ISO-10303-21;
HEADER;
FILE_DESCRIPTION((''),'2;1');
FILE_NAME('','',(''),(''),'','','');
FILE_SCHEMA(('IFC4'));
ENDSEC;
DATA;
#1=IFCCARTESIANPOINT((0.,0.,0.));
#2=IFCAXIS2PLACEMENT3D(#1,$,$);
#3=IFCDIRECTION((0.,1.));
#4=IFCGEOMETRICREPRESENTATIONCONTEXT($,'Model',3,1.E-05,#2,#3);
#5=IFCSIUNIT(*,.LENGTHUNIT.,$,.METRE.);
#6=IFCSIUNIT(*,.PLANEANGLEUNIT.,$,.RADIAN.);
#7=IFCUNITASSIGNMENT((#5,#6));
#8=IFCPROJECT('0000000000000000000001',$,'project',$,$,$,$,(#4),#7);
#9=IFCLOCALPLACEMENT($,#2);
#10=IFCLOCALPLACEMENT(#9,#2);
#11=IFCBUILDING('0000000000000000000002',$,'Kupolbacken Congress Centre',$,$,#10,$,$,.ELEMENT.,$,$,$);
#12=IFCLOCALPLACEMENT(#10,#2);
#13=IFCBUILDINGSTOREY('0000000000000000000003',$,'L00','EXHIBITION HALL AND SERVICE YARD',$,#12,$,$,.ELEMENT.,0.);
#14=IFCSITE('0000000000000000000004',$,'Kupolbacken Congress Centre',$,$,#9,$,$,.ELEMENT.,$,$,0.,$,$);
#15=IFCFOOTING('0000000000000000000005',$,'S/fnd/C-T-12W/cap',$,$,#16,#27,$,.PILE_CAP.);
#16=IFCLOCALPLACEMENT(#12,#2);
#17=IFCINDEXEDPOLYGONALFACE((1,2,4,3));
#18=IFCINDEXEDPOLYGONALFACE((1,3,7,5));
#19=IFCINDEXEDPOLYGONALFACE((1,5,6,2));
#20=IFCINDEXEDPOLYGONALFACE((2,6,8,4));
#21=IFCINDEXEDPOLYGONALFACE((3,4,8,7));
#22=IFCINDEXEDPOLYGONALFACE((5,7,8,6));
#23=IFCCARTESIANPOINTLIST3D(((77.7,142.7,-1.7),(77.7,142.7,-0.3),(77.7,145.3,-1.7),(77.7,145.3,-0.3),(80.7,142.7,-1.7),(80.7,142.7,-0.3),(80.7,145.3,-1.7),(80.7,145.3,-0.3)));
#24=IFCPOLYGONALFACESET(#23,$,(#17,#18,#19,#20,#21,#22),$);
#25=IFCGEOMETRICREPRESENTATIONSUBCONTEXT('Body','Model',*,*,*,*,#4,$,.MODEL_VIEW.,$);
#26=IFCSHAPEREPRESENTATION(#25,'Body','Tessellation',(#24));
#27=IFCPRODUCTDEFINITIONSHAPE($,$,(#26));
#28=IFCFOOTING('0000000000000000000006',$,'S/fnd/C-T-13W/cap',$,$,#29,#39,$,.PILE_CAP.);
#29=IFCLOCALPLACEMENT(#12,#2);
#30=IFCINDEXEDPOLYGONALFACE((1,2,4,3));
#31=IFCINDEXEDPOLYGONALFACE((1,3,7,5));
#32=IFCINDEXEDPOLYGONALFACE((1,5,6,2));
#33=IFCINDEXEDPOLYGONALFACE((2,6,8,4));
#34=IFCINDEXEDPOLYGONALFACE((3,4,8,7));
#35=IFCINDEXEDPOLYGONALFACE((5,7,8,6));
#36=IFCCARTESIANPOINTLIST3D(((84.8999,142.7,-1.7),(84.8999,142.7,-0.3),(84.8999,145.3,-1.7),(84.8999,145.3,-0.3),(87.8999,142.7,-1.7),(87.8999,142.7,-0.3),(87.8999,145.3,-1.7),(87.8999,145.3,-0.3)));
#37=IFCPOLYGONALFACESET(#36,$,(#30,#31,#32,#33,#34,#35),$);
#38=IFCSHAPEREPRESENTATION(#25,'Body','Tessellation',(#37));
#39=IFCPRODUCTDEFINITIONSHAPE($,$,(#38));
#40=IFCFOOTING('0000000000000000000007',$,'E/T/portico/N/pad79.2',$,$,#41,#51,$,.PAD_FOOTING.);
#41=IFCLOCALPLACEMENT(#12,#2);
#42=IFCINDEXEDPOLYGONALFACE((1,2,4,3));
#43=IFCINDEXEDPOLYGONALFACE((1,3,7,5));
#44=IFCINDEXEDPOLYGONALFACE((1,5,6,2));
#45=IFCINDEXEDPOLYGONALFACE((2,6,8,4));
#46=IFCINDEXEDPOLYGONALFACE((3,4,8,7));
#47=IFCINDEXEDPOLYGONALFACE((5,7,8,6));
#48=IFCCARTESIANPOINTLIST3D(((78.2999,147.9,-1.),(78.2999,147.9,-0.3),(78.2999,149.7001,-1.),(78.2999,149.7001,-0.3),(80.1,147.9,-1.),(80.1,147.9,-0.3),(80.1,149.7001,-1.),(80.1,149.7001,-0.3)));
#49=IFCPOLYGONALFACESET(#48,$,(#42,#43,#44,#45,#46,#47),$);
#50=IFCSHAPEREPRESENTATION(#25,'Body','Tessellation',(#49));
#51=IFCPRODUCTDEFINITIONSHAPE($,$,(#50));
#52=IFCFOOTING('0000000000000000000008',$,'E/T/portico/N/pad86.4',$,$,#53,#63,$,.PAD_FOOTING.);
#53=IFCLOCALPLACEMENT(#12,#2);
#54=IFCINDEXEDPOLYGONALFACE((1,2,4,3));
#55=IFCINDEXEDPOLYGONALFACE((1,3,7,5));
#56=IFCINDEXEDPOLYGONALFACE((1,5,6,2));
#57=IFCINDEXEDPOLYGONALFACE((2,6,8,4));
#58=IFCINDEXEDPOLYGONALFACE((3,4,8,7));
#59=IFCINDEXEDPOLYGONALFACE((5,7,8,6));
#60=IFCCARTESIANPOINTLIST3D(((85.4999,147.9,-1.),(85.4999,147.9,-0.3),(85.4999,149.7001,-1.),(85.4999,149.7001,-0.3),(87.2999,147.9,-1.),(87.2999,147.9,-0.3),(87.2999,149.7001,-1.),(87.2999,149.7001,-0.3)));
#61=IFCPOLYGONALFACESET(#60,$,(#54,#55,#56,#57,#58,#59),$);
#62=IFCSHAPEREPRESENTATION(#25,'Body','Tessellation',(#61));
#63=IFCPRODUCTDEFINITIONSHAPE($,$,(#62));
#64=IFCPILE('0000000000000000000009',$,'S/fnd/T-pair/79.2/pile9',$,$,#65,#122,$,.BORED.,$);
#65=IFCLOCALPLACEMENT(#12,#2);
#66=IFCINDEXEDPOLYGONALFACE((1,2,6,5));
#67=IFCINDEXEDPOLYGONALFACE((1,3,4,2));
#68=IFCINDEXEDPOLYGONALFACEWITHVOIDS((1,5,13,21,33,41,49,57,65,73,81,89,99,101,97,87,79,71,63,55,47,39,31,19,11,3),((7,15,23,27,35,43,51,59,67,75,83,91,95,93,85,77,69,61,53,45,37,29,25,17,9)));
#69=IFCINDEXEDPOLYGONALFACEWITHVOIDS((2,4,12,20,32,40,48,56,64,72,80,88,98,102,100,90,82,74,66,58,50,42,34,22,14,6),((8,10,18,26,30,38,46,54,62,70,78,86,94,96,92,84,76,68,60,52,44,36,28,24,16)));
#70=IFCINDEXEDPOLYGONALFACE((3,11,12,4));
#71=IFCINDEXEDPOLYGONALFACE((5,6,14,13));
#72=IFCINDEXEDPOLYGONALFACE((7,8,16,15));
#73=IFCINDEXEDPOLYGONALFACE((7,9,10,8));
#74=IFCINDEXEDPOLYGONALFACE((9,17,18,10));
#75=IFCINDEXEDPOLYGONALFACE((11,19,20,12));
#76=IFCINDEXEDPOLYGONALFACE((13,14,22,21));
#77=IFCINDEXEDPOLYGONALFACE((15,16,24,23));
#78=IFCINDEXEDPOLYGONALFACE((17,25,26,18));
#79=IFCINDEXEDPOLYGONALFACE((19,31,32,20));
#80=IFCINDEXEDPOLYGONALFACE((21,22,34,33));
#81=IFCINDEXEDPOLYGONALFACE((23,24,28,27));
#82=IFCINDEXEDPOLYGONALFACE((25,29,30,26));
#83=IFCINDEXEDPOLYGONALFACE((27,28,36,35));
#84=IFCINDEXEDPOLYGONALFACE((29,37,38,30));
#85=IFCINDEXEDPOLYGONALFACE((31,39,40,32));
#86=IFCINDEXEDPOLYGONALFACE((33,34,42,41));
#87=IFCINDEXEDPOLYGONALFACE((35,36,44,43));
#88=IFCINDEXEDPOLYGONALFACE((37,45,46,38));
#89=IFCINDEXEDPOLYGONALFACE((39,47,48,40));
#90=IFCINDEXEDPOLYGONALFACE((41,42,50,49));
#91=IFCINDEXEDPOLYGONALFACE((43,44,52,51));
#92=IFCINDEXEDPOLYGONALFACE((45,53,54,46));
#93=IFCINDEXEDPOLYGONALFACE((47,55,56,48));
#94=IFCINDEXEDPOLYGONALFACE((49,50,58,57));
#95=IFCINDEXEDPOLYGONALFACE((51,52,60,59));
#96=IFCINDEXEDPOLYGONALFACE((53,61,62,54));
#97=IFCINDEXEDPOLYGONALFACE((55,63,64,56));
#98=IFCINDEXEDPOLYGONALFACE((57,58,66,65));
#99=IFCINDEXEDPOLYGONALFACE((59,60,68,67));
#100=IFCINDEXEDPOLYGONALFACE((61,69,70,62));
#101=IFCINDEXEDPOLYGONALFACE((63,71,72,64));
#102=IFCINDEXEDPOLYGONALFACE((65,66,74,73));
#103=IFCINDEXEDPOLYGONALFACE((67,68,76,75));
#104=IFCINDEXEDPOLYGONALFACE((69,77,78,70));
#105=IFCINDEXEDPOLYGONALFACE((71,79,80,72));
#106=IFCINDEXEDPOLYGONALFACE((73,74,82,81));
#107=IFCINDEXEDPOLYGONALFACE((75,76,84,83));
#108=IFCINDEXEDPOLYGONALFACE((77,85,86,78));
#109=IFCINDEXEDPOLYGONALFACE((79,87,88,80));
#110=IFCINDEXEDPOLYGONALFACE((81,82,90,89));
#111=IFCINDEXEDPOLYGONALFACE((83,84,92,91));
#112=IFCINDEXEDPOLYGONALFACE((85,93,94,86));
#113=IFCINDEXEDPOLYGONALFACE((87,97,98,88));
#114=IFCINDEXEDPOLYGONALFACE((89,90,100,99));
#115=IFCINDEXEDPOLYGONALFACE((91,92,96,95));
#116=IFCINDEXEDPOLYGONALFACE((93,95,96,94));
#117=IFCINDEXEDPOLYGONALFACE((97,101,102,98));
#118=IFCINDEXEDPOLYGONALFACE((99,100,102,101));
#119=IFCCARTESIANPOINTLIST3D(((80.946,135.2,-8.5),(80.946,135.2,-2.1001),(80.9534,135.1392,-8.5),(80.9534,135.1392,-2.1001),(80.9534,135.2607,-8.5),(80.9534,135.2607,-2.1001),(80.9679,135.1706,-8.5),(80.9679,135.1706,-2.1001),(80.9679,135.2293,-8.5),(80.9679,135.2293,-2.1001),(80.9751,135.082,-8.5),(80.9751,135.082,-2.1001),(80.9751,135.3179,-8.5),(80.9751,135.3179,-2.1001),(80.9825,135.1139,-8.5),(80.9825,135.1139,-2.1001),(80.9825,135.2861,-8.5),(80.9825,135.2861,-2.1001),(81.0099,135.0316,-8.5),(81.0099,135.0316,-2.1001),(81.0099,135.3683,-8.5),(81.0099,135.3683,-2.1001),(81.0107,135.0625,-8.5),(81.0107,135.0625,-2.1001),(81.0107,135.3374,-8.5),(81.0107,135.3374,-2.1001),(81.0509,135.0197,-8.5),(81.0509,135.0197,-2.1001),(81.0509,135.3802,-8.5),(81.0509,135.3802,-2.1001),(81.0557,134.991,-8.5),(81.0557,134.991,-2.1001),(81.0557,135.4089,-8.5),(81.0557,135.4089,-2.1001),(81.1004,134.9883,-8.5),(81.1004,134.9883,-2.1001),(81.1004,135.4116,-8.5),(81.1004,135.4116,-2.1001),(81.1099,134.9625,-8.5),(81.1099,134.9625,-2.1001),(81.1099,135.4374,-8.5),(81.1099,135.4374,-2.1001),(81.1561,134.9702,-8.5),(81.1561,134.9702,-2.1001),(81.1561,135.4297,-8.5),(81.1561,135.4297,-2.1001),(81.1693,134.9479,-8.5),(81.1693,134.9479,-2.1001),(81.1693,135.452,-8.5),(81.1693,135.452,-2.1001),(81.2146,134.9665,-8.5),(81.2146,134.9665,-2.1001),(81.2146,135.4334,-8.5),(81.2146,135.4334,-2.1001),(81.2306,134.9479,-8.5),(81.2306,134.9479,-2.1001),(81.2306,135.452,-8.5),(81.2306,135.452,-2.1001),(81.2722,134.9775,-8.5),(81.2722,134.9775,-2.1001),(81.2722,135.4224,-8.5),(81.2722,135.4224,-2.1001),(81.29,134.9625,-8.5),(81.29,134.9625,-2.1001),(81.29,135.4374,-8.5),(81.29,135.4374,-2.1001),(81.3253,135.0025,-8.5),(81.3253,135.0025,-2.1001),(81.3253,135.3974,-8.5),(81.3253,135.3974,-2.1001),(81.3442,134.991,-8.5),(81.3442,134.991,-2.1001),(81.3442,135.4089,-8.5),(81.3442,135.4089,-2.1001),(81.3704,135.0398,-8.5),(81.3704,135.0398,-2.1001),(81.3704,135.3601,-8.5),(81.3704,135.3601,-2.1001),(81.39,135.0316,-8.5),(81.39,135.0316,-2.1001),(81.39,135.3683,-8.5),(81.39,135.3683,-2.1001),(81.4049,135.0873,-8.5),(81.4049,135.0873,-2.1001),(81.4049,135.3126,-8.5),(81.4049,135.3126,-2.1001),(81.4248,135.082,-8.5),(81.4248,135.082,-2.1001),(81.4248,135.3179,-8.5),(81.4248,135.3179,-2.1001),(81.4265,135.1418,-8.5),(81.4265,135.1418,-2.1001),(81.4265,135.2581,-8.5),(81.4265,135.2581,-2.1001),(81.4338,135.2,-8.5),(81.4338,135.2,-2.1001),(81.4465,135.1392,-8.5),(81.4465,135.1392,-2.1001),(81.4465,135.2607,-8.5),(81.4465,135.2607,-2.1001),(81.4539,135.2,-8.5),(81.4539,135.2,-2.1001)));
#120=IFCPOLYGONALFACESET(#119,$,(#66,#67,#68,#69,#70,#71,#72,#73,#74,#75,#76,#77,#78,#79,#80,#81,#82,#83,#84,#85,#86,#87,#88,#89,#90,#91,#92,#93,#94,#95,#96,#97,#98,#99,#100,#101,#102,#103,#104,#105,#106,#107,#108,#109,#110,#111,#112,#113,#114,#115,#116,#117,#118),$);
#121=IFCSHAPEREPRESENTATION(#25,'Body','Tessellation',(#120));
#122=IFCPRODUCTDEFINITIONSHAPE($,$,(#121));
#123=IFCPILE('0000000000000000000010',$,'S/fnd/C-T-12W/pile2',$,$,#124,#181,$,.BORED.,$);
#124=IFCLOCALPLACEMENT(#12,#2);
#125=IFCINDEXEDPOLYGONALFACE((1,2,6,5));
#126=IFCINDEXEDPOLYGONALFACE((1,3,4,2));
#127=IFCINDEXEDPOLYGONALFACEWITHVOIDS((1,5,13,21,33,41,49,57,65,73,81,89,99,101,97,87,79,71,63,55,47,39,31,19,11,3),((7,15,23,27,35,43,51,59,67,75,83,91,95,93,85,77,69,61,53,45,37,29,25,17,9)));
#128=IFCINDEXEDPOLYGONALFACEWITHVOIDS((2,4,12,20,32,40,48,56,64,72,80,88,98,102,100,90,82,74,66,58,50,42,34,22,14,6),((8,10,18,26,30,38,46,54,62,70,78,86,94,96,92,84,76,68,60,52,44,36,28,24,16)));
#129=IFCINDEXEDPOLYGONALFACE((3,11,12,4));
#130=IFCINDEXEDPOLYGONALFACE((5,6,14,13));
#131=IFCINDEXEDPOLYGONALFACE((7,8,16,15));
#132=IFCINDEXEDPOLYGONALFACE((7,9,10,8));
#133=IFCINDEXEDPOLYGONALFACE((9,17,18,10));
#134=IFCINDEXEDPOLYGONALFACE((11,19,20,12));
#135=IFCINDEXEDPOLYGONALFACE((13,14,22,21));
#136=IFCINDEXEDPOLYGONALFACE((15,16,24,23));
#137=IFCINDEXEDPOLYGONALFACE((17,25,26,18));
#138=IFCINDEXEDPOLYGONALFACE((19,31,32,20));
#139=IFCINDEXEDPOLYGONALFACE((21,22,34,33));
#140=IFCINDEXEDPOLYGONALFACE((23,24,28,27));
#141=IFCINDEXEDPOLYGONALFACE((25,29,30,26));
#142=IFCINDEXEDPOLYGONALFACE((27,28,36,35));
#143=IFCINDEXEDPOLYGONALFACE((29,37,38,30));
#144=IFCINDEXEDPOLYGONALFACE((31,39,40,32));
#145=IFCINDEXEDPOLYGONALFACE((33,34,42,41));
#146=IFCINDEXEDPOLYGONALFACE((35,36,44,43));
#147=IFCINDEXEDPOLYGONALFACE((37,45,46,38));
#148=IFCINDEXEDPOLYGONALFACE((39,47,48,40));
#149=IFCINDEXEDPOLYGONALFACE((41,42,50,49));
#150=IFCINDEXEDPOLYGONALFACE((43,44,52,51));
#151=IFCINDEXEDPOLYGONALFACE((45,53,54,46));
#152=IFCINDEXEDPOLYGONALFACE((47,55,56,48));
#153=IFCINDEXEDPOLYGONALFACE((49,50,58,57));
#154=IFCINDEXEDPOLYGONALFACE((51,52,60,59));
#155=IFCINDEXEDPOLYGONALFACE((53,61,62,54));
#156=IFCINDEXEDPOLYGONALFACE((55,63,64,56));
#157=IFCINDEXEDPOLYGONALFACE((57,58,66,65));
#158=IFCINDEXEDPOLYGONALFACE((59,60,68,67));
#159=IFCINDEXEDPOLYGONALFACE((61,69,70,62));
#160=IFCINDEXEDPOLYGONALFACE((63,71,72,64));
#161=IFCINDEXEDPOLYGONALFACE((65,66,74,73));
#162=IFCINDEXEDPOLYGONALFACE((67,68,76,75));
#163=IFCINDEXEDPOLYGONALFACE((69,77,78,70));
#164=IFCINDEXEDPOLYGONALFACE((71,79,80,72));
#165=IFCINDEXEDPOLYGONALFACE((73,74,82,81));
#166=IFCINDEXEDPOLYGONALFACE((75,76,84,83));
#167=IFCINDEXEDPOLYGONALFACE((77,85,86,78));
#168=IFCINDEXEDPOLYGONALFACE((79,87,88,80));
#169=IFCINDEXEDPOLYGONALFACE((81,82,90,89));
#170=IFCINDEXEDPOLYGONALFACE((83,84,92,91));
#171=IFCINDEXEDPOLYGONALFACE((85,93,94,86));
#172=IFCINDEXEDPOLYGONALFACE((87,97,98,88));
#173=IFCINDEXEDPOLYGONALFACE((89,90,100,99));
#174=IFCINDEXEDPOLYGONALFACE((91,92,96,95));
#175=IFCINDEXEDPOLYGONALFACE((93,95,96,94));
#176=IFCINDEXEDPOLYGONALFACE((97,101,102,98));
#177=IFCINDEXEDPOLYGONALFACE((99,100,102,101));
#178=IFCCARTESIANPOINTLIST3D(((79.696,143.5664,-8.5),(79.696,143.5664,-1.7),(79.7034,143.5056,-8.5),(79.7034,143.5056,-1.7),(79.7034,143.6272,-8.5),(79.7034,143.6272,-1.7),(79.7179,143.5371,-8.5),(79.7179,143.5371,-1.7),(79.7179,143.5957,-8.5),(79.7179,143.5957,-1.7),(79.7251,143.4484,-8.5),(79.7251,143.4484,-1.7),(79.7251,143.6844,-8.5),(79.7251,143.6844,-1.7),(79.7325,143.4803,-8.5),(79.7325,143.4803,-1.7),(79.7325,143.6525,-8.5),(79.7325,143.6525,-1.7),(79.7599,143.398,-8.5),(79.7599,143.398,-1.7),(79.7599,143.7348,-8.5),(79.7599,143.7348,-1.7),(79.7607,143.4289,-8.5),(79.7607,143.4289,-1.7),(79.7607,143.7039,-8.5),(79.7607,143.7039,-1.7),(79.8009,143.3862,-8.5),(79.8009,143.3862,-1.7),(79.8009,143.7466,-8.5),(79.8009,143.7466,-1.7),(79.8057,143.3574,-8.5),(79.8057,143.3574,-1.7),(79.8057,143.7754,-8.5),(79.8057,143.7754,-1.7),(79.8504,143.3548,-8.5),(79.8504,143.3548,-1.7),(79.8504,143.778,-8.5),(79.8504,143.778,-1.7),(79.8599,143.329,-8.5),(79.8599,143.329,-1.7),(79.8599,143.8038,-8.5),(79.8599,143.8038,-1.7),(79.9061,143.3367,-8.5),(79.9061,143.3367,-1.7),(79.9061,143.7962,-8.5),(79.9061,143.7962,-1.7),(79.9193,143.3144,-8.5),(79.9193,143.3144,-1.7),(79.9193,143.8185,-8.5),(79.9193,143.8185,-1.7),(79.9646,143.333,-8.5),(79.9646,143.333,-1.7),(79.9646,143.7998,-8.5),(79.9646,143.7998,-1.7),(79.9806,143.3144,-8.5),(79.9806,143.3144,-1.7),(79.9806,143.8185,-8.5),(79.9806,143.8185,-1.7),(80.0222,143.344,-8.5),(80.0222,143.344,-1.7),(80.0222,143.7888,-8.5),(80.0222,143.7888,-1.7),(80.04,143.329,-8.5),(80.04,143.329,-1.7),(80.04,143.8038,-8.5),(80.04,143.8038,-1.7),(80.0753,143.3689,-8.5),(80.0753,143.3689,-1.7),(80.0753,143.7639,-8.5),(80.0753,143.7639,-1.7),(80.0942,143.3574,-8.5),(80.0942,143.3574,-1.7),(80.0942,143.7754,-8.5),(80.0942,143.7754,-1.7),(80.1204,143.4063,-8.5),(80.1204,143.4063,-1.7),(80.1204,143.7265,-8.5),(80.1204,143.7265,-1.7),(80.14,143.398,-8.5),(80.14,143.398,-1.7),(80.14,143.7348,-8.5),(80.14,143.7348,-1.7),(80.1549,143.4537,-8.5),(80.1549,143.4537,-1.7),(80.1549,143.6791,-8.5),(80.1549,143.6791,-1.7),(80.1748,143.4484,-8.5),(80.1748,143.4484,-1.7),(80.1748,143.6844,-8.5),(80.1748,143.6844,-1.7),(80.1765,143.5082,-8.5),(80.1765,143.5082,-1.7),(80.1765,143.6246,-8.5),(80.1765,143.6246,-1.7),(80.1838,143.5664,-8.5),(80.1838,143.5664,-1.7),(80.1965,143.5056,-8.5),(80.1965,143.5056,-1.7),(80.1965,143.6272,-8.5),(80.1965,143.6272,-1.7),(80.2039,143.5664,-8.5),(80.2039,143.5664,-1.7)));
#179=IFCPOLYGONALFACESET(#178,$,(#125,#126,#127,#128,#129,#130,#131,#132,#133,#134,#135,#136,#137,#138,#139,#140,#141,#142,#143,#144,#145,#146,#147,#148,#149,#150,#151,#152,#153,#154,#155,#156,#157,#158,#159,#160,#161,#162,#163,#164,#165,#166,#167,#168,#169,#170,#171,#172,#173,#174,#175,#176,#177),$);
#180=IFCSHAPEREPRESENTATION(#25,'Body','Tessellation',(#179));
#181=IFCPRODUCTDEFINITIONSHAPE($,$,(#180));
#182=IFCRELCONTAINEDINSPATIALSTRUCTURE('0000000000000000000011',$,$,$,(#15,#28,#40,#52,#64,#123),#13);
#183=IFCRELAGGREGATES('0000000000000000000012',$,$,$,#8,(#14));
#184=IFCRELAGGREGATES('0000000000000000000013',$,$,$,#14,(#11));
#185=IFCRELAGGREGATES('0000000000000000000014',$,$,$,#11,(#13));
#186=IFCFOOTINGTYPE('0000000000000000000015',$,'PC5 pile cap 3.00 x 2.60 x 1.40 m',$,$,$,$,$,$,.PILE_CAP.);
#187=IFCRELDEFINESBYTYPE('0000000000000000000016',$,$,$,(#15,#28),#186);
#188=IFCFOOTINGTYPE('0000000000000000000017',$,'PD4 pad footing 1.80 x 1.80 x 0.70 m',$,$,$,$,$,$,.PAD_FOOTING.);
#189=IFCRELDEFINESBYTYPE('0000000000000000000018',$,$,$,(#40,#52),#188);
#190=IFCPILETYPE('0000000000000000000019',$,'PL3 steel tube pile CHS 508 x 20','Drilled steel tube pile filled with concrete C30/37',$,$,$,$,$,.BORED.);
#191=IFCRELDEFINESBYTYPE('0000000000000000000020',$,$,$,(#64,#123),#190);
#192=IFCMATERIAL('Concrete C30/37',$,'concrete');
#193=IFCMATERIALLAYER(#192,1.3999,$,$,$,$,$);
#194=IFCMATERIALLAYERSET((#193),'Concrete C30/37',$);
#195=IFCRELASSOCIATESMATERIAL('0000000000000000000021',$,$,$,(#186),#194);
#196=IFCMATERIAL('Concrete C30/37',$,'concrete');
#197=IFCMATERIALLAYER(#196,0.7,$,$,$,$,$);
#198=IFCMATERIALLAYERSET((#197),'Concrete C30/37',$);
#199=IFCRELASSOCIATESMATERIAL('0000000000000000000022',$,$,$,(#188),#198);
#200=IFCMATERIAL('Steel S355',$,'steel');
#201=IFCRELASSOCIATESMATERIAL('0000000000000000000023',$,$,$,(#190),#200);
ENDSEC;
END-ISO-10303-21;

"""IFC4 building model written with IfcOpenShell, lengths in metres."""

from ifc_helpers import new_model, si_unit, direction, frame, origin, origin_2d, place, context, subcontext, project, spatial, rectangle, hollow_circle, extrude, material, layer, layer_set, material_profile, profile_set, type_object, element, save


model = new_model("IFC4")

# Units and contexts
model_context = context("Model", 3, precision=1e-05, world=origin(), true_north=direction((0.0, 1.0)))
body_context = subcontext(model_context, "Body", "Model", "MODEL_VIEW")
ifc_project = project(units=[si_unit("LENGTHUNIT", "METRE"), si_unit("PLANEANGLEUNIT", "RADIAN")], contexts=[model_context])

# Site, building, storey
site_placement = place(None, origin())
site = spatial("IfcSite", under=ifc_project, at=site_placement, Name="Kupolbacken Congress Centre", CompositionType="ELEMENT", RefElevation=0.0)
building_placement = place(site_placement, origin())
building = spatial("IfcBuilding", under=site, at=building_placement, Name="Kupolbacken Congress Centre", CompositionType="ELEMENT")
storey_placement = place(building_placement, origin())
storey = spatial("IfcBuildingStorey", under=building, at=storey_placement, Name="L00", Description="EXHIBITION HALL AND SERVICE YARD", CompositionType="ELEMENT", Elevation=0.0)

# Footings
ifc_material_1 = material(Name="Concrete C30/37", Category="concrete")
ifc_layer_1 = layer(ifc_material_1, 1.3999)
ifc_layer_set_1 = layer_set([ifc_layer_1], Name="Concrete C30/37")
footing_type_1 = type_object("IfcFootingType", Name="PC5 pile cap 3.00 x 2.60 x 1.40 m", PredefinedType="PILE_CAP", material=ifc_layer_set_1)
for number, where, z_axis, x_axis, name in (
    (1, (79.2, 144.0, -1.7), (0.0, 0.0, 1.0), (1.0, 0.0, 0.0), "S/fnd/C-T-12W/cap"),
    (2, (86.3999, 144.0, -1.7), (0.0, 0.0, 1.0), (1.0, 0.0, 0.0), "S/fnd/C-T-13W/cap"),
):
    element("IfcFooting", number, at=place(storey_placement, frame(where, z_axis=z_axis, x_axis=x_axis)), inside=storey, type_object=footing_type_1, Name=name, PredefinedType="PILE_CAP", context=body_context, shape_type="SweptSolid", body=[
        extrude(rectangle(XDim=3.0, YDim=2.6001, at=origin_2d()), origin(), (0.0, 0.0, 1.0), 1.3999),
    ])
ifc_material_2 = material(Name="Concrete C30/37", Category="concrete")
ifc_layer_2 = layer(ifc_material_2, 0.7)
ifc_layer_set_2 = layer_set([ifc_layer_2], Name="Concrete C30/37")
footing_type_2 = type_object("IfcFootingType", Name="PD4 pad footing 1.80 x 1.80 x 0.70 m", PredefinedType="PAD_FOOTING", material=ifc_layer_set_2)
for number, where, z_axis, x_axis, name in (
    (3, (79.2, 148.8, -1.0), (0.0, 0.0, 1.0), (1.0, 0.0, 0.0), "E/T/portico/N/pad79.2"),
    (4, (86.3999, 148.8, -1.0), (0.0, 0.0, 1.0), (1.0, 0.0, 0.0), "E/T/portico/N/pad86.4"),
):
    element("IfcFooting", number, at=place(storey_placement, frame(where, z_axis=z_axis, x_axis=x_axis)), inside=storey, type_object=footing_type_2, Name=name, PredefinedType="PAD_FOOTING", context=body_context, shape_type="SweptSolid", body=[
        extrude(rectangle(XDim=1.8, YDim=1.8, at=origin_2d()), origin(), (0.0, 0.0, 1.0), 0.7),
    ])

# Piles
ifc_material_3 = material(Name="Steel S355", Category="steel")
ifc_material_profile_1 = material_profile(ifc_material_3, hollow_circle(Radius=0.2539, WallThickness=0.02, at=origin_2d()), Name="CHS 508 x 20")
ifc_profile_set_1 = profile_set([ifc_material_profile_1], Name="Steel S355")
pile_type = type_object("IfcPileType", Name="PL3 steel tube pile CHS 508 x 20", Description="Drilled steel tube pile filled with concrete C30/37", PredefinedType="BORED", material=ifc_profile_set_1)
pile_placement = place(storey_placement, frame((81.2, 135.2, -2.1001), z_axis=(0.0, 0.0, -1.0), x_axis=(1.0, 0.0, 0.0)))
element("IfcPile", 5, at=pile_placement, inside=storey, type_object=pile_type, Name="S/fnd/T-pair/79.2/pile9", PredefinedType="BORED", context=body_context, shape_type="SweptSolid", body=[
    extrude(hollow_circle(Radius=0.2539, WallThickness=0.02, at=origin_2d()), origin(), (0.0, 0.0, 1.0), 6.3999),
])
for number, where, z_axis, x_axis, name in (
    (6, (79.95, 143.5664, -1.7), (0.0, 0.0, -1.0), (1.0, 0.0, 0.0), "S/fnd/C-T-12W/pile2"),
):
    element("IfcPile", number, at=place(storey_placement, frame(where, z_axis=z_axis, x_axis=x_axis)), inside=storey, type_object=pile_type, Name=name, PredefinedType="BORED", context=body_context, shape_type="SweptSolid", body=[
        extrude(hollow_circle(Radius=0.2539, WallThickness=0.02, at=origin_2d()), origin(), (0.0, 0.0, 1.0), 6.8),
    ])

save(model, "model.ifc")
